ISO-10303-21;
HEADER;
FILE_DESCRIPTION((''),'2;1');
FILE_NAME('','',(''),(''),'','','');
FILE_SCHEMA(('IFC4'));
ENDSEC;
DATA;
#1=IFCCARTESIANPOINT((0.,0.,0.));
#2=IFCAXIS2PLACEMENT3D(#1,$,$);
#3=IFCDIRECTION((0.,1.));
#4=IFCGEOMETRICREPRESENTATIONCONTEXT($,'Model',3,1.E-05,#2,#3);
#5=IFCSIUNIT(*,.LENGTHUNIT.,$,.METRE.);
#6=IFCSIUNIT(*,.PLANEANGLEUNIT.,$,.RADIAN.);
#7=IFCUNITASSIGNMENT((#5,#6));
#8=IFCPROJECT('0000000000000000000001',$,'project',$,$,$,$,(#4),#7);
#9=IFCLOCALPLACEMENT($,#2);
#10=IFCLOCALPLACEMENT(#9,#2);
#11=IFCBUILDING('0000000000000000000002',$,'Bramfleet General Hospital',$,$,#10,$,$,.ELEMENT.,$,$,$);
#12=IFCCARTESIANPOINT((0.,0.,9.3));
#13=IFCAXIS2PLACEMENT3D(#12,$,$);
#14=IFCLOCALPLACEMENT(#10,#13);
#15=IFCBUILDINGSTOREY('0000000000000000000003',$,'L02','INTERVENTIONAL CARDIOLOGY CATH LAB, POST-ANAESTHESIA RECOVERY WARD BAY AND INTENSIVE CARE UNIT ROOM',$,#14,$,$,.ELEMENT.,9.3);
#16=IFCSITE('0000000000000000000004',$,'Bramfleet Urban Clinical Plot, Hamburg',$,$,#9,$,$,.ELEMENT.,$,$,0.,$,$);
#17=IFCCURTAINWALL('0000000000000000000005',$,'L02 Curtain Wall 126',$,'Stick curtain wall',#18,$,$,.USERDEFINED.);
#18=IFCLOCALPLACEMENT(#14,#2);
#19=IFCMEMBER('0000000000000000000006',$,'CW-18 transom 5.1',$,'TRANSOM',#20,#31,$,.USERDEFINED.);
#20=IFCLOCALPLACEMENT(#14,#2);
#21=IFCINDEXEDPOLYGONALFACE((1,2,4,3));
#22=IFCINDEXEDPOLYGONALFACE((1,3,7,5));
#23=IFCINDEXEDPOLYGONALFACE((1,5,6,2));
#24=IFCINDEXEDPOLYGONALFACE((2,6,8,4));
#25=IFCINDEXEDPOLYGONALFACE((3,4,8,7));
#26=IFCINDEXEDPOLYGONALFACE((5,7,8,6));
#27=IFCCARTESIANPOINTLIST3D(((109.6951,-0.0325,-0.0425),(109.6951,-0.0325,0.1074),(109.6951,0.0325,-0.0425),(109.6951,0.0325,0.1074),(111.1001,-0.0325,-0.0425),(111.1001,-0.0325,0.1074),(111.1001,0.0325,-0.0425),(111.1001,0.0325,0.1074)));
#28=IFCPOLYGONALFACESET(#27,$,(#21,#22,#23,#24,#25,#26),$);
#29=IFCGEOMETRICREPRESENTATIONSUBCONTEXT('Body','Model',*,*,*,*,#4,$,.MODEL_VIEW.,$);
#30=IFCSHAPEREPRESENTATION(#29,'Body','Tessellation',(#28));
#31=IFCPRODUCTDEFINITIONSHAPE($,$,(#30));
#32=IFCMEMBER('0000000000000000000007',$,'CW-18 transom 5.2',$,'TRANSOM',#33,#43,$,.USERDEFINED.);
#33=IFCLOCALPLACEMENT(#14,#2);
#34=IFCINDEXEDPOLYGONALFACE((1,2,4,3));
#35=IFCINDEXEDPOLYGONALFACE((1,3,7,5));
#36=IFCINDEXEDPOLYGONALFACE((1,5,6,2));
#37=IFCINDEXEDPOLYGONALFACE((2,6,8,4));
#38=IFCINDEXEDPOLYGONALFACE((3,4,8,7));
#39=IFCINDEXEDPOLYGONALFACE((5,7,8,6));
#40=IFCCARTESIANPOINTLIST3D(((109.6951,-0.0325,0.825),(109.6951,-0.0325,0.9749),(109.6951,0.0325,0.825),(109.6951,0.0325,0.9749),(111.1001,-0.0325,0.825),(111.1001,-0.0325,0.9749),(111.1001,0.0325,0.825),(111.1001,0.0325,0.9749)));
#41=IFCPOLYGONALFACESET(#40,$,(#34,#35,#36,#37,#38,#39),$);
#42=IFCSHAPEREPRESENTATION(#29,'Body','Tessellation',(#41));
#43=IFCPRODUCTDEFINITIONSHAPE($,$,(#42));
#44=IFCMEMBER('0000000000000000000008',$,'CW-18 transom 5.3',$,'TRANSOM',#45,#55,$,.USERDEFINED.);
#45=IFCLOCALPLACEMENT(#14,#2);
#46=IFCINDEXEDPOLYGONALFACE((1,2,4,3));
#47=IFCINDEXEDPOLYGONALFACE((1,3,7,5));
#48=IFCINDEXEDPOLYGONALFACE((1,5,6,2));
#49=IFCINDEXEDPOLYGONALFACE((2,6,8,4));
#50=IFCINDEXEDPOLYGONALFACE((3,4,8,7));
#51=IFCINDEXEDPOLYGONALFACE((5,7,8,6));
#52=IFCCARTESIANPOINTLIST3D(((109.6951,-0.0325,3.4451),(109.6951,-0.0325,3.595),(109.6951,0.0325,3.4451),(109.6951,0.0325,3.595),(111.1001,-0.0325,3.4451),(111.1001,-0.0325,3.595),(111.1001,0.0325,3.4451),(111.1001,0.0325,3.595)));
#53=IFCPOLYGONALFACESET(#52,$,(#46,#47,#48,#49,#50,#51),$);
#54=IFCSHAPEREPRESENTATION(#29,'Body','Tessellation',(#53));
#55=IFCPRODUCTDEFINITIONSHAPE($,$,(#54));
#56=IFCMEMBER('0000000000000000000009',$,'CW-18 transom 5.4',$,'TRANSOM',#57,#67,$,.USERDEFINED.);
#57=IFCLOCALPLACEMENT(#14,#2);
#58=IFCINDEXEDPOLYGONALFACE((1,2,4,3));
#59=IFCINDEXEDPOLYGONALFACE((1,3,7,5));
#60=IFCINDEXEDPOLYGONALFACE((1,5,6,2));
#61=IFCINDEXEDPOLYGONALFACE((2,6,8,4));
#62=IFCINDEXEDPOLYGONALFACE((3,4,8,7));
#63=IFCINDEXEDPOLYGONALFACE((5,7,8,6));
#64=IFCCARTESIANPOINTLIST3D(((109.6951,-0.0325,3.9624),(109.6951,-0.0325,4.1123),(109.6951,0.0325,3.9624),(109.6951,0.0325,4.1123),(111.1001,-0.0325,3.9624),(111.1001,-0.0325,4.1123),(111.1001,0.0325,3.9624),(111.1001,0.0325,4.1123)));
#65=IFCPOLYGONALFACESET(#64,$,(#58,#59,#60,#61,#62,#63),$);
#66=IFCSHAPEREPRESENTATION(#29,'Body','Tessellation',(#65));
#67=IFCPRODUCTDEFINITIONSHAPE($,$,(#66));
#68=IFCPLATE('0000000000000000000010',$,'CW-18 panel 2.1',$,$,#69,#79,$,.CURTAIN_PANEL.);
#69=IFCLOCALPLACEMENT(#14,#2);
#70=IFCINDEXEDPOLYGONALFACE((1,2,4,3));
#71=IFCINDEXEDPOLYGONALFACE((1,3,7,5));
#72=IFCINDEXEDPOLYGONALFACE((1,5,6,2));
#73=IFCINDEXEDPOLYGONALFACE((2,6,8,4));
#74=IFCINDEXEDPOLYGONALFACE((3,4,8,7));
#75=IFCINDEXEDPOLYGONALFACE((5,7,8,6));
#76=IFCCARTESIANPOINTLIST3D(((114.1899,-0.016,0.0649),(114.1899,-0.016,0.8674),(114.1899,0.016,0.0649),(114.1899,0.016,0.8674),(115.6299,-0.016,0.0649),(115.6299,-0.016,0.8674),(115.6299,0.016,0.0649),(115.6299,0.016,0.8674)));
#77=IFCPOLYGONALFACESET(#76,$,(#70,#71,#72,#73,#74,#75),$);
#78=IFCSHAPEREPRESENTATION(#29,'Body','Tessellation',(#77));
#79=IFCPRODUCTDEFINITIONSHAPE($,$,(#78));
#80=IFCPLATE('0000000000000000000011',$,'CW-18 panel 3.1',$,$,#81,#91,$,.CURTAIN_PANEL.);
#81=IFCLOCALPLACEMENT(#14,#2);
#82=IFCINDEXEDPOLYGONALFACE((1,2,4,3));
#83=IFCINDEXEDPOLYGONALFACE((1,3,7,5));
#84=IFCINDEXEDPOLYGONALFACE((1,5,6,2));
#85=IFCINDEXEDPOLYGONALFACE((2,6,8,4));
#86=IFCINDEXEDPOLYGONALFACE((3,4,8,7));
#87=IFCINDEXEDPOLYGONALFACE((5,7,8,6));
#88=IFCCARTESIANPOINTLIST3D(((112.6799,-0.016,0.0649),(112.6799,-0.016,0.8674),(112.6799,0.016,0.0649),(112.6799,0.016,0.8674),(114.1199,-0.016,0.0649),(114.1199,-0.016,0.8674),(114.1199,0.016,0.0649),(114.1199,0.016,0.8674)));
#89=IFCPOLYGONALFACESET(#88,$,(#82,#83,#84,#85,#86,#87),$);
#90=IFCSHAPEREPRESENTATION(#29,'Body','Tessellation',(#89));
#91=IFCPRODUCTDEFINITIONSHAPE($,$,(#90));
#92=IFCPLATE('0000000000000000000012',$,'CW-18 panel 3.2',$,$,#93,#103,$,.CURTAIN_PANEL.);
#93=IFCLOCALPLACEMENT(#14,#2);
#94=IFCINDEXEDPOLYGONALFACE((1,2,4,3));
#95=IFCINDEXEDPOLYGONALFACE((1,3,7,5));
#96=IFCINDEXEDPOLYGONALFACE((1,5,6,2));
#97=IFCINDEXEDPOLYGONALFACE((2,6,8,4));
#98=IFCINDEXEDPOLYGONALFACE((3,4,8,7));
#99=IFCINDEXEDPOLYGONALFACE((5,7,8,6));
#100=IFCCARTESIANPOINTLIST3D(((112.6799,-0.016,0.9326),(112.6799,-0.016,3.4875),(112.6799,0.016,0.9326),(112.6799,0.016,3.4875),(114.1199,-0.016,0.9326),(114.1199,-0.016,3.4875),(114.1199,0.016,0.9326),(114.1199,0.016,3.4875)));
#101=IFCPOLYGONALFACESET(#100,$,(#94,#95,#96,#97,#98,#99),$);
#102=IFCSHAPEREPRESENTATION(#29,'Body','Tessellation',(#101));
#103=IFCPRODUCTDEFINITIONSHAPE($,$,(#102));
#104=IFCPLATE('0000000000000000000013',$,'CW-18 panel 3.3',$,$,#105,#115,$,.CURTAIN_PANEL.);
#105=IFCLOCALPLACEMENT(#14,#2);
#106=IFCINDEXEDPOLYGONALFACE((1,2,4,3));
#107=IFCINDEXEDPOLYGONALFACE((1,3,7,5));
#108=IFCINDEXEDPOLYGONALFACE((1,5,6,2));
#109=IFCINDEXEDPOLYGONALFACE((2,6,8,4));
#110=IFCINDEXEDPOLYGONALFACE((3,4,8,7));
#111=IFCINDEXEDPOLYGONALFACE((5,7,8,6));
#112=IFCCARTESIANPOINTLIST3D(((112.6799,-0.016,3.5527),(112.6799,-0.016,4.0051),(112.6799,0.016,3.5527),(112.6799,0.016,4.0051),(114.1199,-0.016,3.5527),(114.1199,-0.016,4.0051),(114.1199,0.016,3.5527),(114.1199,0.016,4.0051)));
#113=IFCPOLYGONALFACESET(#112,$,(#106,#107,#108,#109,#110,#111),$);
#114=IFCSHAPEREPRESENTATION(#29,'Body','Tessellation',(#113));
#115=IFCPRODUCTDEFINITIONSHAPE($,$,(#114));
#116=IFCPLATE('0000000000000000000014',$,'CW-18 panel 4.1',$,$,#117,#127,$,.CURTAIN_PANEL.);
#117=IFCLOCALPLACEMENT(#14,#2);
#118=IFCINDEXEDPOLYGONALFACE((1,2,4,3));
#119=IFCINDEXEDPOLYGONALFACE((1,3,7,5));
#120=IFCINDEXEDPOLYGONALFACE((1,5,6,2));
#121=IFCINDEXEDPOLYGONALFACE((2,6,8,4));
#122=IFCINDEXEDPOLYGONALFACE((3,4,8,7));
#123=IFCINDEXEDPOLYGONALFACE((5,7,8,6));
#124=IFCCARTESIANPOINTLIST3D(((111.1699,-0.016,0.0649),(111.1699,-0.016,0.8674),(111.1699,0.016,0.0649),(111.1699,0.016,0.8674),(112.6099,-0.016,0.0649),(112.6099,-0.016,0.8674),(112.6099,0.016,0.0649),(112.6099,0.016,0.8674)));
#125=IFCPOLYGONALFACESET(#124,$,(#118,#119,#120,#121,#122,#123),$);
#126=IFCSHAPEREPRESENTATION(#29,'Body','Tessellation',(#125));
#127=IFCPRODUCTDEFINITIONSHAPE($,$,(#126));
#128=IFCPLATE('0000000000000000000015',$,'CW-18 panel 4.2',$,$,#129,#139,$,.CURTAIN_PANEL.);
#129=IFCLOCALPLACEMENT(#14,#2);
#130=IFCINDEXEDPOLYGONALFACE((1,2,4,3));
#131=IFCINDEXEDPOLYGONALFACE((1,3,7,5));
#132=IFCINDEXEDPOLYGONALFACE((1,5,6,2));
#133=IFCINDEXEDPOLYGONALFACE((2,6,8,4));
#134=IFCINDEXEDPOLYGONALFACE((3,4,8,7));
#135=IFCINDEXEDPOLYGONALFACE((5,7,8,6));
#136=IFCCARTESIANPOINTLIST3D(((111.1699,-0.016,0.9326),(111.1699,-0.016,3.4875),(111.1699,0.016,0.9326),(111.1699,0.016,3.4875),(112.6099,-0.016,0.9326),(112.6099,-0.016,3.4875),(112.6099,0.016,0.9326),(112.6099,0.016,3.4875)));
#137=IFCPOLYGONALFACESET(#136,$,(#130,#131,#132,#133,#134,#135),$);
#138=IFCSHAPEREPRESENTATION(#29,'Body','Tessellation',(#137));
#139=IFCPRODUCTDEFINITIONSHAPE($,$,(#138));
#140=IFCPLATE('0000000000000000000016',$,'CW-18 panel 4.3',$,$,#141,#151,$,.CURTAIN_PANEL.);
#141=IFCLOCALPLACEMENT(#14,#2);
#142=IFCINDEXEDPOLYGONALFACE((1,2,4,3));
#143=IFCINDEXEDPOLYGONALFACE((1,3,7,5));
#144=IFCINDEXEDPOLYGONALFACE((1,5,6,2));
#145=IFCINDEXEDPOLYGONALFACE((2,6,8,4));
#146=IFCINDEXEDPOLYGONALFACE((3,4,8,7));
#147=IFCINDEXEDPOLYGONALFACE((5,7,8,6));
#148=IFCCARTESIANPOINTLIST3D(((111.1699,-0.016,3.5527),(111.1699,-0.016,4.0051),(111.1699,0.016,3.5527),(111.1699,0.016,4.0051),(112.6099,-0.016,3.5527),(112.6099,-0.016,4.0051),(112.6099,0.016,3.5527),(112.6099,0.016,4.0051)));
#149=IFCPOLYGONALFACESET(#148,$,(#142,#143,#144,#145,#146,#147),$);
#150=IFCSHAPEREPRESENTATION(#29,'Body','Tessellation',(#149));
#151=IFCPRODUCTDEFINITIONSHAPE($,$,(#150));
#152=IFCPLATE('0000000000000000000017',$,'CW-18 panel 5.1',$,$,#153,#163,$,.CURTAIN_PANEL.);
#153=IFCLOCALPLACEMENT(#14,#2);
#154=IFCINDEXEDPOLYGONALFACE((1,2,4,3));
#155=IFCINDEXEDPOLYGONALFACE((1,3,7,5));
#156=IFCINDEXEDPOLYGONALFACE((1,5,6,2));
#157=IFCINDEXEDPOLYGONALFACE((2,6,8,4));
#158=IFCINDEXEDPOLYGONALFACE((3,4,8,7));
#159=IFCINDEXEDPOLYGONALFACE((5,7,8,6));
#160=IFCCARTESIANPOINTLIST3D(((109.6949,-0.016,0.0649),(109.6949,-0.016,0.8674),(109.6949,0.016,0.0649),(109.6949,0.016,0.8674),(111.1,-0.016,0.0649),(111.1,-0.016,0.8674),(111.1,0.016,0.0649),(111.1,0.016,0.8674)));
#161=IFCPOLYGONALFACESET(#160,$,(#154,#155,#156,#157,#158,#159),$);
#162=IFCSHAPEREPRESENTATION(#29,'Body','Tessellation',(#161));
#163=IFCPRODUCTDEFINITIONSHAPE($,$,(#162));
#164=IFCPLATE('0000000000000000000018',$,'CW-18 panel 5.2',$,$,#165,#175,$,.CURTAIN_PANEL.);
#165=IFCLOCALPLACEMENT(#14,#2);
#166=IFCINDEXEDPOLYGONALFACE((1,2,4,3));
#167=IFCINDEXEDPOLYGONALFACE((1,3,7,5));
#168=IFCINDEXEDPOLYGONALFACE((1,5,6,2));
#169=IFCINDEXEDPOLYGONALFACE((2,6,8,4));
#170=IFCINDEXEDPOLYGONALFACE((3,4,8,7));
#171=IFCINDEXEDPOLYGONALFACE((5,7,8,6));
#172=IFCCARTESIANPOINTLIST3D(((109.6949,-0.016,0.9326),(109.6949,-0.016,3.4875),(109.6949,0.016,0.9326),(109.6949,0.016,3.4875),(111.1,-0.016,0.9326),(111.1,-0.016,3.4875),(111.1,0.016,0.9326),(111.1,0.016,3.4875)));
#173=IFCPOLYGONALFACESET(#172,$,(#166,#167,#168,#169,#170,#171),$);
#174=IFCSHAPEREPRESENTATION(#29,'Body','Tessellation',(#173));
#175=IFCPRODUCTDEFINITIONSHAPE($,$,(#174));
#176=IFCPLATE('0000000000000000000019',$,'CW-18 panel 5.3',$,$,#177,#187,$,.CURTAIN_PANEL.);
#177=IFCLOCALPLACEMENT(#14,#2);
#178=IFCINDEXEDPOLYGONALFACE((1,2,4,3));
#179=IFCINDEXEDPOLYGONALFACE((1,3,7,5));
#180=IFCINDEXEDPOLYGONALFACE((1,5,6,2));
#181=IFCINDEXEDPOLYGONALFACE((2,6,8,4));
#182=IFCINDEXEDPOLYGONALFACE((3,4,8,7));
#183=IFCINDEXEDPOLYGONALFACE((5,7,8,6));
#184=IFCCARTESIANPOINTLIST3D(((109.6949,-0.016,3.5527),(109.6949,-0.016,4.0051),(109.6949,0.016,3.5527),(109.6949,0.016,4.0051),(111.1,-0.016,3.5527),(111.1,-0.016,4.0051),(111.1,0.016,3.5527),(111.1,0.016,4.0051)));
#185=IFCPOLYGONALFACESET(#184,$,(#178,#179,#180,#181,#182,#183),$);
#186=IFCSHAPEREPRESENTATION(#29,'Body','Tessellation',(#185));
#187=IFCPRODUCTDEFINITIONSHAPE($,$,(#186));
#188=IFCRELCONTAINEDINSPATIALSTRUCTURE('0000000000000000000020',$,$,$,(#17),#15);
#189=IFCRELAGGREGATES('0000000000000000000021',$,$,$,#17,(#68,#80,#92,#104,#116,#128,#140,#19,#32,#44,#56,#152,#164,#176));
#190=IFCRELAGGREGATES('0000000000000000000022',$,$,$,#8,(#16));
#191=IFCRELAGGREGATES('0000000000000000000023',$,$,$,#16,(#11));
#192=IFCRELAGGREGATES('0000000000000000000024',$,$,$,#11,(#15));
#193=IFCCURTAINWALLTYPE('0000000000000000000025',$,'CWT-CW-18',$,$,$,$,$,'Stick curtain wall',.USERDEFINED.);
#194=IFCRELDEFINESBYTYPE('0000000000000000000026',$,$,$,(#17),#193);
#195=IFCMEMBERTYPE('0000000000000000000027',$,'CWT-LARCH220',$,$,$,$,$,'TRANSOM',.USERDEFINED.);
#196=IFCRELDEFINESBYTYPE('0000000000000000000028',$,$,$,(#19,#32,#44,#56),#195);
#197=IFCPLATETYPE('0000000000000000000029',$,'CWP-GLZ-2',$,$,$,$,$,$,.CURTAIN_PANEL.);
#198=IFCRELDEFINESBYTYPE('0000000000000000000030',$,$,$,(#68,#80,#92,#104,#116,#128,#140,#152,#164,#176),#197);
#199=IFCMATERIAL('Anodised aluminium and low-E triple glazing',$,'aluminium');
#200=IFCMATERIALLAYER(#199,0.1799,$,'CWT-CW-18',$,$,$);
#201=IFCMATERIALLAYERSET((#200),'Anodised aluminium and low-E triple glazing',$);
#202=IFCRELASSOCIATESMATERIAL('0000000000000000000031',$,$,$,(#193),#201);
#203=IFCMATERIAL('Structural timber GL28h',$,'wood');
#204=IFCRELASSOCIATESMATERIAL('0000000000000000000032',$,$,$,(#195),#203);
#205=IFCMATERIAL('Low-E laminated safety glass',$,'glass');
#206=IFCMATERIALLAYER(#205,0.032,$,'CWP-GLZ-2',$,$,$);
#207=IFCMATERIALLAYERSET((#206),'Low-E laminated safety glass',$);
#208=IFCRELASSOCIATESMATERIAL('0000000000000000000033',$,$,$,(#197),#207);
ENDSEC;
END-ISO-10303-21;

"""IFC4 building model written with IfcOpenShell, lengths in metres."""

from ifc_helpers import new_model, si_unit, direction, frame, origin, origin_2d, place, context, subcontext, project, spatial, rectangle, extrude, material, layer, layer_set, material_profile, profile_set, type_object, element, aggregate, save


model = new_model("IFC4")

# Units and contexts
model_context = context("Model", 3, precision=1e-05, world=origin(), true_north=direction((0.0, 1.0)))
body_context = subcontext(model_context, "Body", "Model", "MODEL_VIEW")
ifc_project = project(units=[si_unit("LENGTHUNIT", "METRE"), si_unit("PLANEANGLEUNIT", "RADIAN")], contexts=[model_context])

# Site, building, storey
site_placement = place(None, origin())
site = spatial("IfcSite", under=ifc_project, at=site_placement, Name="Bramfleet Urban Clinical Plot, Hamburg", CompositionType="ELEMENT", RefElevation=0.0)
building_placement = place(site_placement, origin())
building = spatial("IfcBuilding", under=site, at=building_placement, Name="Bramfleet General Hospital", CompositionType="ELEMENT")
storey_placement = place(building_placement, frame((0.0, 0.0, 9.3)))
storey = spatial("IfcBuildingStorey", under=building, at=storey_placement, Name="L02", Description="INTERVENTIONAL CARDIOLOGY CATH LAB, POST-ANAESTHESIA RECOVERY WARD BAY AND INTENSIVE CARE UNIT ROOM", CompositionType="ELEMENT", Elevation=9.3)

# Curtain wall, members, plates
ifc_material_1 = material(Name="Anodised aluminium and low-E triple glazing", Category="aluminium")
ifc_layer_1 = layer(ifc_material_1, 0.1799, Name="CWT-CW-18")
ifc_layer_set_1 = layer_set([ifc_layer_1], Name="Anodised aluminium and low-E triple glazing")
curtain_wall_type = type_object("IfcCurtainWallType", Name="CWT-CW-18", ElementType="Stick curtain wall", PredefinedType="USERDEFINED", material=ifc_layer_set_1)
curtain_wall_placement = place(storey_placement, origin())
curtain_wall = element("IfcCurtainWall", 1, at=curtain_wall_placement, inside=storey, type_object=curtain_wall_type, Name="L02 Curtain Wall 126", ObjectType="Stick curtain wall", PredefinedType="USERDEFINED")
ifc_material_2 = material(Name="Structural timber GL28h", Category="wood")
ifc_material_profile_1 = material_profile(ifc_material_2, rectangle(XDim=0.0649, YDim=0.1499, at=origin_2d()), Name="LARCH 150x65")
ifc_profile_set_1 = profile_set([ifc_material_profile_1], Name="Structural timber GL28h")
member_type_1 = type_object("IfcMemberType", Name="CWT-LARCH220", ElementType="TRANSOM", PredefinedType="USERDEFINED", material=ifc_profile_set_1)
member_1_placement = place(storey_placement, frame((111.1001, 0.0, 0.0325), z_axis=(-1.0, 0.0, 0.0), x_axis=(0.0, -1.0, 0.0)))
member_1 = element("IfcMember", 2, at=member_1_placement, type_object=member_type_1, Name="CW-18 transom 5.1", ObjectType="TRANSOM", PredefinedType="USERDEFINED", context=body_context, shape_type="SweptSolid", body=[
    extrude(rectangle(XDim=0.0649, YDim=0.1499, at=origin_2d()), origin(), (0.0, 0.0, 1.0), 1.405),
])
member_2_placement = place(storey_placement, frame((111.1001, 0.0, 0.8999), z_axis=(-1.0, 0.0, 0.0), x_axis=(0.0, -1.0, 0.0)))
member_2 = element("IfcMember", 3, at=member_2_placement, type_object=member_type_1, Name="CW-18 transom 5.2", ObjectType="TRANSOM", PredefinedType="USERDEFINED", context=body_context, shape_type="SweptSolid", body=[
    extrude(rectangle(XDim=0.0649, YDim=0.1499, at=origin_2d()), origin(), (0.0, 0.0, 1.0), 1.405),
])
member_3_placement = place(storey_placement, frame((111.1001, 0.0, 3.52), z_axis=(-1.0, 0.0, 0.0), x_axis=(0.0, -1.0, 0.0)))
member_3 = element("IfcMember", 4, at=member_3_placement, type_object=member_type_1, Name="CW-18 transom 5.3", ObjectType="TRANSOM", PredefinedType="USERDEFINED", context=body_context, shape_type="SweptSolid", body=[
    extrude(rectangle(XDim=0.0649, YDim=0.1499, at=origin_2d()), origin(), (0.0, 0.0, 1.0), 1.405),
])
member_4_placement = place(storey_placement, frame((111.1001, 0.0, 4.0374), z_axis=(-1.0, 0.0, 0.0), x_axis=(0.0, -1.0, 0.0)))
member_4 = element("IfcMember", 5, at=member_4_placement, type_object=member_type_1, Name="CW-18 transom 5.4", ObjectType="TRANSOM", PredefinedType="USERDEFINED", context=body_context, shape_type="SweptSolid", body=[
    extrude(rectangle(XDim=0.0649, YDim=0.1499, at=origin_2d()), origin(), (0.0, 0.0, 1.0), 1.405),
])
ifc_material_3 = material(Name="Low-E laminated safety glass", Category="glass")
ifc_layer_2 = layer(ifc_material_3, 0.032, Name="CWP-GLZ-2")
ifc_layer_set_2 = layer_set([ifc_layer_2], Name="Low-E laminated safety glass")
plate_type = type_object("IfcPlateType", Name="CWP-GLZ-2", PredefinedType="CURTAIN_PANEL", material=ifc_layer_set_2)
plate_1_placement = place(storey_placement, frame((114.9099, 0.0, 0.0649), z_axis=(0.0, 0.0, 1.0), x_axis=(-1.0, 0.0, 0.0)))
plate_1 = element("IfcPlate", 6, at=plate_1_placement, type_object=plate_type, Name="CW-18 panel 2.1", PredefinedType="CURTAIN_PANEL", context=body_context, shape_type="SweptSolid", body=[
    extrude(rectangle(XDim=1.4399, YDim=0.032, at=origin_2d()), origin(), (0.0, 0.0, 1.0), 0.8025),
])
plate_2_placement = place(storey_placement, frame((113.3999, 0.0, 0.0649), z_axis=(0.0, 0.0, 1.0), x_axis=(-1.0, 0.0, 0.0)))
plate_2 = element("IfcPlate", 7, at=plate_2_placement, type_object=plate_type, Name="CW-18 panel 3.1", PredefinedType="CURTAIN_PANEL", context=body_context, shape_type="SweptSolid", body=[
    extrude(rectangle(XDim=1.4399, YDim=0.032, at=origin_2d()), origin(), (0.0, 0.0, 1.0), 0.8025),
])
plate_3_placement = place(storey_placement, frame((113.3999, 0.0, 0.9326), z_axis=(0.0, 0.0, 1.0), x_axis=(-1.0, 0.0, 0.0)))
plate_3 = element("IfcPlate", 8, at=plate_3_placement, type_object=plate_type, Name="CW-18 panel 3.2", PredefinedType="CURTAIN_PANEL", context=body_context, shape_type="SweptSolid", body=[
    extrude(rectangle(XDim=1.4399, YDim=0.032, at=origin_2d()), origin(), (0.0, 0.0, 1.0), 2.5549),
])
plate_4_placement = place(storey_placement, frame((113.3999, 0.0, 3.5527), z_axis=(0.0, 0.0, 1.0), x_axis=(-1.0, 0.0, 0.0)))
plate_4 = element("IfcPlate", 9, at=plate_4_placement, type_object=plate_type, Name="CW-18 panel 3.3", PredefinedType="CURTAIN_PANEL", context=body_context, shape_type="SweptSolid", body=[
    extrude(rectangle(XDim=1.4399, YDim=0.032, at=origin_2d()), origin(), (0.0, 0.0, 1.0), 0.4524),
])
plate_5_placement = place(storey_placement, frame((111.8899, 0.0, 0.0649), z_axis=(0.0, 0.0, 1.0), x_axis=(-1.0, 0.0, 0.0)))
plate_5 = element("IfcPlate", 10, at=plate_5_placement, type_object=plate_type, Name="CW-18 panel 4.1", PredefinedType="CURTAIN_PANEL", context=body_context, shape_type="SweptSolid", body=[
    extrude(rectangle(XDim=1.4399, YDim=0.032, at=origin_2d()), origin(), (0.0, 0.0, 1.0), 0.8025),
])
plate_6_placement = place(storey_placement, frame((111.8899, 0.0, 0.9326), z_axis=(0.0, 0.0, 1.0), x_axis=(-1.0, 0.0, 0.0)))
plate_6 = element("IfcPlate", 11, at=plate_6_placement, type_object=plate_type, Name="CW-18 panel 4.2", PredefinedType="CURTAIN_PANEL", context=body_context, shape_type="SweptSolid", body=[
    extrude(rectangle(XDim=1.4399, YDim=0.032, at=origin_2d()), origin(), (0.0, 0.0, 1.0), 2.5549),
])
plate_7_placement = place(storey_placement, frame((111.8899, 0.0, 3.5527), z_axis=(0.0, 0.0, 1.0), x_axis=(-1.0, 0.0, 0.0)))
plate_7 = element("IfcPlate", 12, at=plate_7_placement, type_object=plate_type, Name="CW-18 panel 4.3", PredefinedType="CURTAIN_PANEL", context=body_context, shape_type="SweptSolid", body=[
    extrude(rectangle(XDim=1.4399, YDim=0.032, at=origin_2d()), origin(), (0.0, 0.0, 1.0), 0.4524),
])
plate_8_placement = place(storey_placement, frame((110.3975, 0.0, 0.0649), z_axis=(0.0, 0.0, 1.0), x_axis=(-1.0, 0.0, 0.0)))
plate_8 = element("IfcPlate", 13, at=plate_8_placement, type_object=plate_type, Name="CW-18 panel 5.1", PredefinedType="CURTAIN_PANEL", context=body_context, shape_type="SweptSolid", body=[
    extrude(rectangle(XDim=1.405, YDim=0.032, at=origin_2d()), origin(), (0.0, 0.0, 1.0), 0.8025),
])
plate_9_placement = place(storey_placement, frame((110.3975, 0.0, 0.9326), z_axis=(0.0, 0.0, 1.0), x_axis=(-1.0, 0.0, 0.0)))
plate_9 = element("IfcPlate", 14, at=plate_9_placement, type_object=plate_type, Name="CW-18 panel 5.2", PredefinedType="CURTAIN_PANEL", context=body_context, shape_type="SweptSolid", body=[
    extrude(rectangle(XDim=1.405, YDim=0.032, at=origin_2d()), origin(), (0.0, 0.0, 1.0), 2.5549),
])
plate_10_placement = place(storey_placement, frame((110.3975, 0.0, 3.5527), z_axis=(0.0, 0.0, 1.0), x_axis=(-1.0, 0.0, 0.0)))
plate_10 = element("IfcPlate", 15, at=plate_10_placement, type_object=plate_type, Name="CW-18 panel 5.3", PredefinedType="CURTAIN_PANEL", context=body_context, shape_type="SweptSolid", body=[
    extrude(rectangle(XDim=1.405, YDim=0.032, at=origin_2d()), origin(), (0.0, 0.0, 1.0), 0.4524),
])
aggregate(curtain_wall, [plate_1, plate_2, plate_3, plate_4, plate_5, plate_6, plate_7, member_1, member_2, member_3, member_4, plate_8, plate_9, plate_10])

save(model, "model.ifc")
